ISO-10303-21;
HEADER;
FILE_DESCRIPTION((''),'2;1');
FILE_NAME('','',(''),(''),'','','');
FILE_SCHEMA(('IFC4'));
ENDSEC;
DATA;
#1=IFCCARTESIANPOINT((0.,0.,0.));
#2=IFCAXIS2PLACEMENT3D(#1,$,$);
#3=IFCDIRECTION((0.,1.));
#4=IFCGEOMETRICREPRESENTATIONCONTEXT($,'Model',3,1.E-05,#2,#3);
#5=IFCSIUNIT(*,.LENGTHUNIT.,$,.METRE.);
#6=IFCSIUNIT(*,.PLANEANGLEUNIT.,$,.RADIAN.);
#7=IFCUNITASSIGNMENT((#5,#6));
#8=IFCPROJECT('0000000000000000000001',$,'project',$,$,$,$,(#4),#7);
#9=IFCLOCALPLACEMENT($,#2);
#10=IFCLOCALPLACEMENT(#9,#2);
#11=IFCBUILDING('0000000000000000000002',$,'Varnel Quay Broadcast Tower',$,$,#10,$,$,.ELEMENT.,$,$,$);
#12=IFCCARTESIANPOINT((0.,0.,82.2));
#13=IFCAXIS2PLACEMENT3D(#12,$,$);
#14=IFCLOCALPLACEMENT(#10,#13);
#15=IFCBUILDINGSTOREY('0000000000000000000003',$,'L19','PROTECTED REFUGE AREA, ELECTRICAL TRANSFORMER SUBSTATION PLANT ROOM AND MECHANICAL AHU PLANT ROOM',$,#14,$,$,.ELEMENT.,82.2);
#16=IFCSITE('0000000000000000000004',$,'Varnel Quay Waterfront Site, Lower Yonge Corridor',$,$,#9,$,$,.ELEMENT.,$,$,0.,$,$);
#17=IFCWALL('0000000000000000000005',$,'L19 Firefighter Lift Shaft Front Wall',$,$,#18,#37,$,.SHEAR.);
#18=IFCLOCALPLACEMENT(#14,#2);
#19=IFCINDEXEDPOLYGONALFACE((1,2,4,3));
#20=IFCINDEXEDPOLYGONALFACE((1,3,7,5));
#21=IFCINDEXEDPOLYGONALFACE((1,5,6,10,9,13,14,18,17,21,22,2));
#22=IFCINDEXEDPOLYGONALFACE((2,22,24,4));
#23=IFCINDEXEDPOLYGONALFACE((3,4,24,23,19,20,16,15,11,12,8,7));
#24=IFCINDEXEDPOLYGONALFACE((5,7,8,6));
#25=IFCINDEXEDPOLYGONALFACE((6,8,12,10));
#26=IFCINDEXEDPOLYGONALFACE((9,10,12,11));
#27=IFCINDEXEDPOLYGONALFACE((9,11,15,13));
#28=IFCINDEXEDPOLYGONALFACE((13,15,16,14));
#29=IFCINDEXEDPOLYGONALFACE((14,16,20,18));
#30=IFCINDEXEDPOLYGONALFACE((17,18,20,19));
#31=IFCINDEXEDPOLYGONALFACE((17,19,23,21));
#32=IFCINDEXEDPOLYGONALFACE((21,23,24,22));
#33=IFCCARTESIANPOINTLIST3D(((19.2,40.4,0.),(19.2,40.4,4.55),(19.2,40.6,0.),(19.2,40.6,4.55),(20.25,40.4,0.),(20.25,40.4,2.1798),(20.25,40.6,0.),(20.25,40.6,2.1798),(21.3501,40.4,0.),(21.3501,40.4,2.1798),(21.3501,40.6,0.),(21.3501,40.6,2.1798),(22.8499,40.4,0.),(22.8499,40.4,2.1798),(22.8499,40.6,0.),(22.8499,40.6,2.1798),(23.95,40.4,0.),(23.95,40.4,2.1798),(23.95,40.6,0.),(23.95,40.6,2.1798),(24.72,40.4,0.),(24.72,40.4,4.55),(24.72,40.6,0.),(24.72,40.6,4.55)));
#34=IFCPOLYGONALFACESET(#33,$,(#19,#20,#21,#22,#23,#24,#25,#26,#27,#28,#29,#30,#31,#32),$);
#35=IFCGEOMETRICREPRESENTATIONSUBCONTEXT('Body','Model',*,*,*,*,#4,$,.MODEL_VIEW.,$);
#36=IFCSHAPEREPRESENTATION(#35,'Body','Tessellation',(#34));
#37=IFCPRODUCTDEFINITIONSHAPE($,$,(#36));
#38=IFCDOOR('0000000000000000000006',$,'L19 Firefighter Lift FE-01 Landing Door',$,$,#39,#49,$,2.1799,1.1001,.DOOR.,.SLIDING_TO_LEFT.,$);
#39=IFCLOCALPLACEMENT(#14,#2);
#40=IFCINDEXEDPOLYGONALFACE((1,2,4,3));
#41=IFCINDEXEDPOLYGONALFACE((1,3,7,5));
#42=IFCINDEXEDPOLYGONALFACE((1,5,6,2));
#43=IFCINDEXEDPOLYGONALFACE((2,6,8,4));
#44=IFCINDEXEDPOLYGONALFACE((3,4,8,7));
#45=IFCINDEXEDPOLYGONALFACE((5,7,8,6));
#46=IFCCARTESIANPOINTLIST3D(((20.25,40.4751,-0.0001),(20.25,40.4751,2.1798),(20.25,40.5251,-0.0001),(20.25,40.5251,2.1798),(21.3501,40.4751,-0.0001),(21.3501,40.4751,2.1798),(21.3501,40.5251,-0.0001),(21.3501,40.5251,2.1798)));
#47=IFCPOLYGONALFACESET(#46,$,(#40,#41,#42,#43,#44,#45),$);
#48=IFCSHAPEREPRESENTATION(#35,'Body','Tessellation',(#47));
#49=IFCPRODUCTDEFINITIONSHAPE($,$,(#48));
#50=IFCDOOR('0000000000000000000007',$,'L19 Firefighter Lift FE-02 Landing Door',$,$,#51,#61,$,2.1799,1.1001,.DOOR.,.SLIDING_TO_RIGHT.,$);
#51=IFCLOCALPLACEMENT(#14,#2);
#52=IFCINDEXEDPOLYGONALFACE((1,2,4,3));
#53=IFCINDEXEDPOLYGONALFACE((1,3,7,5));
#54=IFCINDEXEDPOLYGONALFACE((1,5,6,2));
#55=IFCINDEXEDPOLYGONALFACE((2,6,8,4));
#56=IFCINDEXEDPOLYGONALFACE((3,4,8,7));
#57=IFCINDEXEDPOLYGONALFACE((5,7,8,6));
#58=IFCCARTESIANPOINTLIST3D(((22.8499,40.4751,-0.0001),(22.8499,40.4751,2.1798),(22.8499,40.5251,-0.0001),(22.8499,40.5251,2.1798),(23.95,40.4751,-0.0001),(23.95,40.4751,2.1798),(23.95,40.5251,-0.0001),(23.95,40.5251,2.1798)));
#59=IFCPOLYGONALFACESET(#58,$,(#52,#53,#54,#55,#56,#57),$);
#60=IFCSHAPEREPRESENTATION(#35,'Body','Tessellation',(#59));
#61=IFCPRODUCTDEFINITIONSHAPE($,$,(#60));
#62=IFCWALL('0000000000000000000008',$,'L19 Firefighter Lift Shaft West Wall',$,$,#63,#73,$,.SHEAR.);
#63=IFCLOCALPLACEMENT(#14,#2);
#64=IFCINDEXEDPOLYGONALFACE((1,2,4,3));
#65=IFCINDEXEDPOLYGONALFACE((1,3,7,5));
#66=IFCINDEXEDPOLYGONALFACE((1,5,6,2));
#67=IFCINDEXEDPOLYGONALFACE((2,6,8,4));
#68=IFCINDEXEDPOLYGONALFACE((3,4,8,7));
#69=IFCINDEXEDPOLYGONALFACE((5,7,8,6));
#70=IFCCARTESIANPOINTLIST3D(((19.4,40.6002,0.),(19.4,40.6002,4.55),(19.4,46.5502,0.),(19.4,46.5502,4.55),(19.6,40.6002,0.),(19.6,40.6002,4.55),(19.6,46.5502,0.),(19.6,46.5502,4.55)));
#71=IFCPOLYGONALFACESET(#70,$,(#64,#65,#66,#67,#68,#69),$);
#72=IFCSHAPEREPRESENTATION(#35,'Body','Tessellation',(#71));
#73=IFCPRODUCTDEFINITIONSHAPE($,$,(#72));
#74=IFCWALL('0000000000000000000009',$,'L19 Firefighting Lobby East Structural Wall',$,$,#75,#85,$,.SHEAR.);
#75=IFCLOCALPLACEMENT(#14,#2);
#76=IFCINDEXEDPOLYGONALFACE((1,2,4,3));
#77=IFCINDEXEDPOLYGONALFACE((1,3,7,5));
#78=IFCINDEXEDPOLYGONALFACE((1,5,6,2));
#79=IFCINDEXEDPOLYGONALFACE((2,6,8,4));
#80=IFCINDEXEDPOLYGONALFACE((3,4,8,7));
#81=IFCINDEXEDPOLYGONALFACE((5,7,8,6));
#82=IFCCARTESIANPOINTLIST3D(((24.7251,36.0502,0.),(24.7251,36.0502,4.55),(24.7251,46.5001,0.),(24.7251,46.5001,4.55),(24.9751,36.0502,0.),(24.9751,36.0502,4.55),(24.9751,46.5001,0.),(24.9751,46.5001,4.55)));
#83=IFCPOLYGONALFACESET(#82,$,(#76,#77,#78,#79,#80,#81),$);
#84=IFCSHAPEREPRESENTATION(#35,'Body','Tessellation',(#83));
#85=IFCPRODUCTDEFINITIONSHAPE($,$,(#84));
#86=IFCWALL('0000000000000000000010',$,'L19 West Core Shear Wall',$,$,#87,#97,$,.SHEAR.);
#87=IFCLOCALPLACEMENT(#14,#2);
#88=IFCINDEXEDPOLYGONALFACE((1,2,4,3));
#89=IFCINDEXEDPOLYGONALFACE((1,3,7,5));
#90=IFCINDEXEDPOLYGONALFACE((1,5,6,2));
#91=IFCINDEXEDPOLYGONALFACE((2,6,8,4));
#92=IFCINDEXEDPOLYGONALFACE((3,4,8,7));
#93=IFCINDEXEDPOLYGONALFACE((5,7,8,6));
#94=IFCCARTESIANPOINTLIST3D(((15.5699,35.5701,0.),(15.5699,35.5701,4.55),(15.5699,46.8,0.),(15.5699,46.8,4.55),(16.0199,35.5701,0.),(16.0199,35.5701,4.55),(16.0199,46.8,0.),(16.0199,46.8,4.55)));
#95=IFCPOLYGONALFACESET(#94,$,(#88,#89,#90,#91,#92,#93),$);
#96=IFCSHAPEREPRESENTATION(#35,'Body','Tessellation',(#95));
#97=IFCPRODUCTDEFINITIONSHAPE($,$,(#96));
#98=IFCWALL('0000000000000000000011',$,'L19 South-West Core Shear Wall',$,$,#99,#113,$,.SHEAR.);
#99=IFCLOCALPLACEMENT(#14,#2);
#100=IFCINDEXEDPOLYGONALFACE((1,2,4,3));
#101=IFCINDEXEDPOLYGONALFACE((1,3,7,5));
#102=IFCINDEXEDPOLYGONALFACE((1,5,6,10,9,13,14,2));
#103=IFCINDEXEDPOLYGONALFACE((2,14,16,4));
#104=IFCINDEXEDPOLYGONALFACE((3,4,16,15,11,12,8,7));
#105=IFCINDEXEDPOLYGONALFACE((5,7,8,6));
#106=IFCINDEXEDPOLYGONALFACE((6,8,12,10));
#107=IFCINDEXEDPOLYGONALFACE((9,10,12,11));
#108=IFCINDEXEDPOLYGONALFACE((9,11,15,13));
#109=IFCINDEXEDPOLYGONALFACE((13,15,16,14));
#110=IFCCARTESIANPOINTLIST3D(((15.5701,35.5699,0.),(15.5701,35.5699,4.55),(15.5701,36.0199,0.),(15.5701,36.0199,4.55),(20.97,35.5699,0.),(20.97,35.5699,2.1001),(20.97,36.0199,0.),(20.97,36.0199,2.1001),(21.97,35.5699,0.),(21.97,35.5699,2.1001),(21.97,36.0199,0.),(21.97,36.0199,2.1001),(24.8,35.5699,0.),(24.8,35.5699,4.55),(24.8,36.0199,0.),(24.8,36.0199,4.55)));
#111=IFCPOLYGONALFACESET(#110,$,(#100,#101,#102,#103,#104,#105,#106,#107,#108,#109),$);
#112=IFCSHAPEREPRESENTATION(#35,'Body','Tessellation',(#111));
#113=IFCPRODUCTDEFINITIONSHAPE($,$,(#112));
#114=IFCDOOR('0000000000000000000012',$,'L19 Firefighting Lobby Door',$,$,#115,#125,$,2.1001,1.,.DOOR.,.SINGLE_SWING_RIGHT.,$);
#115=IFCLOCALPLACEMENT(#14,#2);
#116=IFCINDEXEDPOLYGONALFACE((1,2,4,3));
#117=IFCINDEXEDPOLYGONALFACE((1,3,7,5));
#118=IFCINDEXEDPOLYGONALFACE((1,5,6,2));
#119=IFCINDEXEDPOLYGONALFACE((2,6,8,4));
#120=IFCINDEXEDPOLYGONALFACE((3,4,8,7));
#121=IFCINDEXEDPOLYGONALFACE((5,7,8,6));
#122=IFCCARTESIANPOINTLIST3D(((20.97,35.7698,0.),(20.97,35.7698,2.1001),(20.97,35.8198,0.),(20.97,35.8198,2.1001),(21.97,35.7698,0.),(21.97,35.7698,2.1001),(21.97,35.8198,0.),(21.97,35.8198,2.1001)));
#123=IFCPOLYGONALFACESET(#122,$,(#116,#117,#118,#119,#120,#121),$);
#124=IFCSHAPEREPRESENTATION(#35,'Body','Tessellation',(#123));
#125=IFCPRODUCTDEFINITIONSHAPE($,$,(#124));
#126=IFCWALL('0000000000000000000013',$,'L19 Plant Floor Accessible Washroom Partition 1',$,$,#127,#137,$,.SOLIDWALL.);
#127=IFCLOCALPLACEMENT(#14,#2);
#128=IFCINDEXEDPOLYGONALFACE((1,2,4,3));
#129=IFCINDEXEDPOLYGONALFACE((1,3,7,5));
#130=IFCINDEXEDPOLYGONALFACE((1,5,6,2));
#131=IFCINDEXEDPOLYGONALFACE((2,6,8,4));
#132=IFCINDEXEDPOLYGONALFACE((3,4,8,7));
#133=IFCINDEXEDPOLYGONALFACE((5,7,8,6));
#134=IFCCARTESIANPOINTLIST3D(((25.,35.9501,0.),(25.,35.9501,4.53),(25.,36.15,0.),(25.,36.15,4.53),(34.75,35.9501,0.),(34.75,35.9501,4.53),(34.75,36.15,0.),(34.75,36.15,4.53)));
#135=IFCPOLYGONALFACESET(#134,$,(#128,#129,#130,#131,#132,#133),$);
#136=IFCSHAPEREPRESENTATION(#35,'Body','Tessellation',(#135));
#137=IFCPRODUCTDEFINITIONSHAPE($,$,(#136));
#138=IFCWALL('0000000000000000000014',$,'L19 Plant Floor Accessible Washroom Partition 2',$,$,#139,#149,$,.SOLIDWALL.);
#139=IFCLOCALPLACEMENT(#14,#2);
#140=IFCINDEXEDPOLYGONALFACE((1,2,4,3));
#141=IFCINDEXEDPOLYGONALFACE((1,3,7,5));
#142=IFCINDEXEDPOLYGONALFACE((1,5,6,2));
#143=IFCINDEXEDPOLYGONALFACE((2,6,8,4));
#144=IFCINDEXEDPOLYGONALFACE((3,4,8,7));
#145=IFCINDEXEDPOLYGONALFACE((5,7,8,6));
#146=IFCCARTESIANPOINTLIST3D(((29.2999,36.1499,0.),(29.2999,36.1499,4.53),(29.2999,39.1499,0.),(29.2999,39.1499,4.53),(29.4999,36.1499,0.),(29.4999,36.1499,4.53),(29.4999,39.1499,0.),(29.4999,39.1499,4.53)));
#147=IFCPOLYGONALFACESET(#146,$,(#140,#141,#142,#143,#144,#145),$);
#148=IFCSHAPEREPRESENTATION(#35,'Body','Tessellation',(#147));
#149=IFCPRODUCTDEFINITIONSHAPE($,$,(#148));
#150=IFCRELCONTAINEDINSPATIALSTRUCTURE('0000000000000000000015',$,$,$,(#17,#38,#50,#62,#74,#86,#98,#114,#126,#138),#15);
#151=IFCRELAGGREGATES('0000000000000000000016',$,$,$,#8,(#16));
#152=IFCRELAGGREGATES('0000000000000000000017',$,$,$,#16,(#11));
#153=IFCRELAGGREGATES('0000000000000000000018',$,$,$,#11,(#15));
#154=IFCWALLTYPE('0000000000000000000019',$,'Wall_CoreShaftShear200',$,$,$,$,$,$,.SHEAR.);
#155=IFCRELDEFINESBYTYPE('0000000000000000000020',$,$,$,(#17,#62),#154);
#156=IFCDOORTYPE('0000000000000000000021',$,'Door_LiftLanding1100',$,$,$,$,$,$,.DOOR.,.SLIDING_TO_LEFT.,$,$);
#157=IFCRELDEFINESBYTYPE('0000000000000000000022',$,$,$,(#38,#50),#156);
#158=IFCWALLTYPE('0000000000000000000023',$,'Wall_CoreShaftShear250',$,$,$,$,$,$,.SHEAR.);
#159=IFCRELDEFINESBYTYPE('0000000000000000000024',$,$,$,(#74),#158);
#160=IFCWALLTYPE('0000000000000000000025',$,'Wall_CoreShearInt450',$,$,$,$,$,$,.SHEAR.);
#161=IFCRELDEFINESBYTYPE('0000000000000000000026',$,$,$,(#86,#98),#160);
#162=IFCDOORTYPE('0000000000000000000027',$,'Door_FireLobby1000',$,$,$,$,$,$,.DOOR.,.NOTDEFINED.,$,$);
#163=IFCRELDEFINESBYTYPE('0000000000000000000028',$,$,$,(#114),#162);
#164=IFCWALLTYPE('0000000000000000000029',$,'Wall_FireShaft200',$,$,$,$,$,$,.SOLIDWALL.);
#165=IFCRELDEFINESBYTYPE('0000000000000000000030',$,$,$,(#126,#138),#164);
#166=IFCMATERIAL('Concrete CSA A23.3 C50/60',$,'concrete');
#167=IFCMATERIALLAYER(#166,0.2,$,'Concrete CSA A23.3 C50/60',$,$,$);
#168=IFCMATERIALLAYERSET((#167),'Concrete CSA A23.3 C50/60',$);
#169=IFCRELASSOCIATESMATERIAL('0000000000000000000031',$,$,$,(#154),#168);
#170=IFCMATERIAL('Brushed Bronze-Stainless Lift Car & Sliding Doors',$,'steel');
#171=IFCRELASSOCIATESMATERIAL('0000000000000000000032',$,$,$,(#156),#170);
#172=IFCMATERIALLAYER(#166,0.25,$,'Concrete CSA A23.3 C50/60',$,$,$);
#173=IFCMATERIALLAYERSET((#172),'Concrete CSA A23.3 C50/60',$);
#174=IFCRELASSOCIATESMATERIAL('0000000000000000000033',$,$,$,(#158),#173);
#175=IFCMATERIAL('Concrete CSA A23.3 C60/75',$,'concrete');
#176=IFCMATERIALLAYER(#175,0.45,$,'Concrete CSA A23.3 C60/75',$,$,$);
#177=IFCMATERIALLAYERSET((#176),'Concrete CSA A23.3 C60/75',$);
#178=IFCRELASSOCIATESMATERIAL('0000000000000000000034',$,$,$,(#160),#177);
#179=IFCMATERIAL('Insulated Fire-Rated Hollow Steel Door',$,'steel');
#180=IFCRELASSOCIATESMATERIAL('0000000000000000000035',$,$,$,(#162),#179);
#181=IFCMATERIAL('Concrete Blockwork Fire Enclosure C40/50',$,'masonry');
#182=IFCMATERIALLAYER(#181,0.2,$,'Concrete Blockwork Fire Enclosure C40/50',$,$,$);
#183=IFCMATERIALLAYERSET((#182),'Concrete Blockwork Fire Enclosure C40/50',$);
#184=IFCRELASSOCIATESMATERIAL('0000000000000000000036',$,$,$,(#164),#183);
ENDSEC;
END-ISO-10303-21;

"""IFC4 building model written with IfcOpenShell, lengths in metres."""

from ifc_helpers import new_model, si_unit, direction, frame, frame_2d, origin, place, context, subcontext, project, spatial, rectangle, extrude, source, transform, mapped, material, layer, layer_set, type_object, type_shapes, element, fill, save


model = new_model("IFC4")

# Units and contexts
model_context = context("Model", 3, precision=1e-05, world=origin(), true_north=direction((0.0, 1.0)))
body_context = subcontext(model_context, "Body", "Model", "MODEL_VIEW")
ifc_project = project(units=[si_unit("LENGTHUNIT", "METRE"), si_unit("PLANEANGLEUNIT", "RADIAN")], contexts=[model_context])

# Site, building, storey
site_placement = place(None, origin())
site = spatial("IfcSite", under=ifc_project, at=site_placement, Name="Varnel Quay Waterfront Site, Lower Yonge Corridor", CompositionType="ELEMENT", RefElevation=0.0)
building_placement = place(site_placement, origin())
building = spatial("IfcBuilding", under=site, at=building_placement, Name="Varnel Quay Broadcast Tower", CompositionType="ELEMENT")
storey_placement = place(building_placement, frame((0.0, 0.0, 82.2)))
storey = spatial("IfcBuildingStorey", under=building, at=storey_placement, Name="L19", Description="PROTECTED REFUGE AREA, ELECTRICAL TRANSFORMER SUBSTATION PLANT ROOM AND MECHANICAL AHU PLANT ROOM", CompositionType="ELEMENT", Elevation=82.2)

# Shared definitions
ifc_material_1 = material(Name="Concrete CSA A23.3 C60/75", Category="concrete")

# Shared definitions
ifc_material_2 = material(Name="Concrete CSA A23.3 C50/60", Category="concrete")
ifc_layer_1 = layer(ifc_material_2, 0.2, Name="Concrete CSA A23.3 C50/60")
ifc_layer_set_1 = layer_set([ifc_layer_1], Name="Concrete CSA A23.3 C50/60")
wall_type_1 = type_object("IfcWallType", Name="Wall_CoreShaftShear200", PredefinedType="SHEAR", material=ifc_layer_set_1)
ifc_material_3 = material(Name="Insulated Fire-Rated Hollow Steel Door", Category="steel")

# Wall, openings, doors
wall_1_placement = place(storey_placement, frame((19.2, 40.5, 0.0), z_axis=(0.0, 0.0, 1.0), x_axis=(1.0, 0.0, 0.0)))
wall_1 = element("IfcWall", 1, at=wall_1_placement, inside=storey, type_object=wall_type_1, Name="L19 Firefighter Lift Shaft Front Wall", PredefinedType="SHEAR", context=body_context, shape_type="SweptSolid", body=[
    extrude(rectangle(XDim=5.52, YDim=0.2, at=frame_2d((2.76, 0.0))), origin(), (0.0, 0.0, 1.0), 4.55),
])
opening_1_placement = place(wall_1_placement, frame((1.05, 0.0, 0.0)))
opening_1 = element("IfcOpeningElement", 2, at=opening_1_placement, cuts=wall_1, PredefinedType="OPENING", context=body_context, shape_type="SweptSolid", body=[
    extrude(rectangle(XDim=1.1001, YDim=2.1799, at=frame_2d((0.55, 1.0898))), frame((0.0, 0.1099, 0.0), z_axis=(0.0, -1.0, 0.0), x_axis=(1.0, 0.0, 0.0)), (0.0, 0.0, 1.0), 0.22),
])
opening_2_placement = place(wall_1_placement, frame((3.6499, 0.0, 0.0)))
opening_2 = element("IfcOpeningElement", 3, at=opening_2_placement, cuts=wall_1, PredefinedType="OPENING", context=body_context, shape_type="SweptSolid", body=[
    extrude(rectangle(XDim=1.1001, YDim=2.1799, at=frame_2d((0.55, 1.0898))), frame((0.0, 0.1099, 0.0), z_axis=(0.0, -1.0, 0.0), x_axis=(1.0, 0.0, 0.0)), (0.0, 0.0, 1.0), 0.22),
])
ifc_material_4 = material(Name="Brushed Bronze-Stainless Lift Car & Sliding Doors", Category="steel")
door_type_1 = type_object("IfcDoorType", Name="Door_LiftLanding1100", OperationType="SLIDING_TO_LEFT", PredefinedType="DOOR", material=ifc_material_4)
shared_shape_1 = source(origin(), body_context, "Body", "SweptSolid", [
    extrude(rectangle(XDim=1.1001, YDim=2.1799, at=frame_2d((0.55, 1.0898))), frame((0.0, 0.0249, 0.0), z_axis=(0.0, -1.0, 0.0), x_axis=(1.0, 0.0, 0.0)), (0.0, 0.0, 1.0), 0.05),
])
type_shapes(door_type_1, [shared_shape_1])
door_1_placement = place(opening_1_placement, frame((1.1001, 0.0, 0.0), z_axis=(0.0, 0.0, 1.0), x_axis=(-1.0, 0.0, 0.0)))
door_1 = element("IfcDoor", 4, at=door_1_placement, inside=storey, type_object=door_type_1, Name="L19 Firefighter Lift FE-01 Landing Door", OperationType="SLIDING_TO_LEFT", OverallHeight=2.1799, OverallWidth=1.1001, PredefinedType="DOOR", context=body_context, shape_type="MappedRepresentation", body=[
    mapped(shared_shape_1, transform((0.0, 0.0, 0.0), x_axis=(1.0, 0.0, 0.0), y_axis=(0.0, 1.0, 0.0), z_axis=(0.0, 0.0, 1.0), scale=1.0)),
])
fill(opening_1, door_1)
door_2_placement = place(opening_2_placement, frame((1.1001, 0.0, 0.0), z_axis=(0.0, 0.0, 1.0), x_axis=(-1.0, 0.0, 0.0)))
door_2 = element("IfcDoor", 5, at=door_2_placement, inside=storey, type_object=door_type_1, Name="L19 Firefighter Lift FE-02 Landing Door", OperationType="SLIDING_TO_RIGHT", OverallHeight=2.1799, OverallWidth=1.1001, PredefinedType="DOOR", context=body_context, shape_type="MappedRepresentation", body=[
    mapped(shared_shape_1, transform((0.0, 0.0, 0.0), x_axis=(1.0, 0.0, 0.0), y_axis=(0.0, 1.0, 0.0), z_axis=(0.0, 0.0, 1.0), scale=1.0)),
])
fill(opening_2, door_2)

# Walls
wall_2_placement = place(storey_placement, frame((19.5, 40.6001, 0.0), z_axis=(0.0, 0.0, 1.0), x_axis=(0.0, 1.0, 0.0)))
element("IfcWall", 6, at=wall_2_placement, inside=storey, type_object=wall_type_1, Name="L19 Firefighter Lift Shaft West Wall", PredefinedType="SHEAR", context=body_context, shape_type="SweptSolid", body=[
    extrude(rectangle(XDim=5.95, YDim=0.2, at=frame_2d((2.9751, 0.0))), origin(), (0.0, 0.0, 1.0), 4.55),
])
ifc_layer_2 = layer(ifc_material_2, 0.25, Name="Concrete CSA A23.3 C50/60")
ifc_layer_set_2 = layer_set([ifc_layer_2], Name="Concrete CSA A23.3 C50/60")
wall_type_2 = type_object("IfcWallType", Name="Wall_CoreShaftShear250", PredefinedType="SHEAR", material=ifc_layer_set_2)
wall_3_placement = place(storey_placement, frame((24.8501, 36.05, 0.0), z_axis=(0.0, 0.0, 1.0), x_axis=(0.0, 1.0, 0.0)))
element("IfcWall", 7, at=wall_3_placement, inside=storey, type_object=wall_type_2, Name="L19 Firefighting Lobby East Structural Wall", PredefinedType="SHEAR", context=body_context, shape_type="SweptSolid", body=[
    extrude(rectangle(XDim=10.45, YDim=0.25, at=frame_2d((5.2251, 0.0))), origin(), (0.0, 0.0, 1.0), 4.55),
])
ifc_layer_3 = layer(ifc_material_1, 0.45, Name="Concrete CSA A23.3 C60/75")
ifc_layer_set_3 = layer_set([ifc_layer_3], Name="Concrete CSA A23.3 C60/75")
wall_type_3 = type_object("IfcWallType", Name="Wall_CoreShearInt450", PredefinedType="SHEAR", material=ifc_layer_set_3)
wall_4_placement = place(storey_placement, frame((15.7949, 35.5701, 0.0), z_axis=(0.0, 0.0, 1.0), x_axis=(0.0, 1.0, 0.0)))
element("IfcWall", 8, at=wall_4_placement, inside=storey, type_object=wall_type_3, Name="L19 West Core Shear Wall", PredefinedType="SHEAR", context=body_context, shape_type="SweptSolid", body=[
    extrude(rectangle(XDim=11.23, YDim=0.45, at=frame_2d((5.615, 0.0))), origin(), (0.0, 0.0, 1.0), 4.55),
])

# Wall, opening, door
wall_5_placement = place(storey_placement, frame((15.5701, 35.7949, 0.0), z_axis=(0.0, 0.0, 1.0), x_axis=(1.0, 0.0, 0.0)))
wall_5 = element("IfcWall", 9, at=wall_5_placement, inside=storey, type_object=wall_type_3, Name="L19 South-West Core Shear Wall", PredefinedType="SHEAR", context=body_context, shape_type="SweptSolid", body=[
    extrude(rectangle(XDim=9.23, YDim=0.45, at=frame_2d((4.615, 0.0))), origin(), (0.0, 0.0, 1.0), 4.55),
])
opening_3_placement = place(wall_5_placement, frame((5.3999, 0.0, 0.0)))
opening_3 = element("IfcOpeningElement", 10, at=opening_3_placement, cuts=wall_5, PredefinedType="OPENING", context=body_context, shape_type="SweptSolid", body=[
    extrude(rectangle(XDim=1.0, YDim=2.1001, at=frame_2d((0.5, 1.05))), frame((0.0, 0.2349, 0.0), z_axis=(0.0, -1.0, 0.0), x_axis=(1.0, 0.0, 0.0)), (0.0, 0.0, 1.0), 0.47),
])
door_type_2 = type_object("IfcDoorType", Name="Door_FireLobby1000", OperationType="NOTDEFINED", PredefinedType="DOOR", material=ifc_material_3)
shared_shape_2 = source(origin(), body_context, "Body", "SweptSolid", [
    extrude(rectangle(XDim=1.0, YDim=2.1001, at=frame_2d((0.5, 1.05))), frame((0.0, 0.0249, 0.0), z_axis=(0.0, -1.0, 0.0), x_axis=(1.0, 0.0, 0.0)), (0.0, 0.0, 1.0), 0.05),
])
type_shapes(door_type_2, [shared_shape_2])
door_3_placement = place(opening_3_placement, origin())
door_3 = element("IfcDoor", 11, at=door_3_placement, inside=storey, type_object=door_type_2, Name="L19 Firefighting Lobby Door", OperationType="SINGLE_SWING_RIGHT", OverallHeight=2.1001, OverallWidth=1.0, PredefinedType="DOOR", context=body_context, shape_type="MappedRepresentation", body=[
    mapped(shared_shape_2, transform((0.0, 0.0, 0.0), x_axis=(1.0, 0.0, 0.0), y_axis=(0.0, 1.0, 0.0), z_axis=(0.0, 0.0, 1.0), scale=1.0)),
])
fill(opening_3, door_3)

# Walls
ifc_material_5 = material(Name="Concrete Blockwork Fire Enclosure C40/50", Category="masonry")
ifc_layer_4 = layer(ifc_material_5, 0.2, Name="Concrete Blockwork Fire Enclosure C40/50")
ifc_layer_set_4 = layer_set([ifc_layer_4], Name="Concrete Blockwork Fire Enclosure C40/50")
wall_type_4 = type_object("IfcWallType", Name="Wall_FireShaft200", PredefinedType="SOLIDWALL", material=ifc_layer_set_4)
wall_6_placement = place(storey_placement, frame((25.0, 36.05, 0.0), z_axis=(0.0, 0.0, 1.0), x_axis=(1.0, 0.0, 0.0)))
element("IfcWall", 12, at=wall_6_placement, inside=storey, type_object=wall_type_4, Name="L19 Plant Floor Accessible Washroom Partition 1", PredefinedType="SOLIDWALL", context=body_context, shape_type="SweptSolid", body=[
    extrude(rectangle(XDim=9.75, YDim=0.2, at=frame_2d((4.875, 0.0))), origin(), (0.0, 0.0, 1.0), 4.53),
])
wall_7_placement = place(storey_placement, frame((29.3999, 36.1499, 0.0), z_axis=(0.0, 0.0, 1.0), x_axis=(0.0, 1.0, 0.0)))
element("IfcWall", 13, at=wall_7_placement, inside=storey, type_object=wall_type_4, Name="L19 Plant Floor Accessible Washroom Partition 2", PredefinedType="SOLIDWALL", context=body_context, shape_type="SweptSolid", body=[
    extrude(rectangle(XDim=3.0, YDim=0.2, at=frame_2d((1.5, 0.0))), origin(), (0.0, 0.0, 1.0), 4.53),
])

save(model, "model.ifc")
